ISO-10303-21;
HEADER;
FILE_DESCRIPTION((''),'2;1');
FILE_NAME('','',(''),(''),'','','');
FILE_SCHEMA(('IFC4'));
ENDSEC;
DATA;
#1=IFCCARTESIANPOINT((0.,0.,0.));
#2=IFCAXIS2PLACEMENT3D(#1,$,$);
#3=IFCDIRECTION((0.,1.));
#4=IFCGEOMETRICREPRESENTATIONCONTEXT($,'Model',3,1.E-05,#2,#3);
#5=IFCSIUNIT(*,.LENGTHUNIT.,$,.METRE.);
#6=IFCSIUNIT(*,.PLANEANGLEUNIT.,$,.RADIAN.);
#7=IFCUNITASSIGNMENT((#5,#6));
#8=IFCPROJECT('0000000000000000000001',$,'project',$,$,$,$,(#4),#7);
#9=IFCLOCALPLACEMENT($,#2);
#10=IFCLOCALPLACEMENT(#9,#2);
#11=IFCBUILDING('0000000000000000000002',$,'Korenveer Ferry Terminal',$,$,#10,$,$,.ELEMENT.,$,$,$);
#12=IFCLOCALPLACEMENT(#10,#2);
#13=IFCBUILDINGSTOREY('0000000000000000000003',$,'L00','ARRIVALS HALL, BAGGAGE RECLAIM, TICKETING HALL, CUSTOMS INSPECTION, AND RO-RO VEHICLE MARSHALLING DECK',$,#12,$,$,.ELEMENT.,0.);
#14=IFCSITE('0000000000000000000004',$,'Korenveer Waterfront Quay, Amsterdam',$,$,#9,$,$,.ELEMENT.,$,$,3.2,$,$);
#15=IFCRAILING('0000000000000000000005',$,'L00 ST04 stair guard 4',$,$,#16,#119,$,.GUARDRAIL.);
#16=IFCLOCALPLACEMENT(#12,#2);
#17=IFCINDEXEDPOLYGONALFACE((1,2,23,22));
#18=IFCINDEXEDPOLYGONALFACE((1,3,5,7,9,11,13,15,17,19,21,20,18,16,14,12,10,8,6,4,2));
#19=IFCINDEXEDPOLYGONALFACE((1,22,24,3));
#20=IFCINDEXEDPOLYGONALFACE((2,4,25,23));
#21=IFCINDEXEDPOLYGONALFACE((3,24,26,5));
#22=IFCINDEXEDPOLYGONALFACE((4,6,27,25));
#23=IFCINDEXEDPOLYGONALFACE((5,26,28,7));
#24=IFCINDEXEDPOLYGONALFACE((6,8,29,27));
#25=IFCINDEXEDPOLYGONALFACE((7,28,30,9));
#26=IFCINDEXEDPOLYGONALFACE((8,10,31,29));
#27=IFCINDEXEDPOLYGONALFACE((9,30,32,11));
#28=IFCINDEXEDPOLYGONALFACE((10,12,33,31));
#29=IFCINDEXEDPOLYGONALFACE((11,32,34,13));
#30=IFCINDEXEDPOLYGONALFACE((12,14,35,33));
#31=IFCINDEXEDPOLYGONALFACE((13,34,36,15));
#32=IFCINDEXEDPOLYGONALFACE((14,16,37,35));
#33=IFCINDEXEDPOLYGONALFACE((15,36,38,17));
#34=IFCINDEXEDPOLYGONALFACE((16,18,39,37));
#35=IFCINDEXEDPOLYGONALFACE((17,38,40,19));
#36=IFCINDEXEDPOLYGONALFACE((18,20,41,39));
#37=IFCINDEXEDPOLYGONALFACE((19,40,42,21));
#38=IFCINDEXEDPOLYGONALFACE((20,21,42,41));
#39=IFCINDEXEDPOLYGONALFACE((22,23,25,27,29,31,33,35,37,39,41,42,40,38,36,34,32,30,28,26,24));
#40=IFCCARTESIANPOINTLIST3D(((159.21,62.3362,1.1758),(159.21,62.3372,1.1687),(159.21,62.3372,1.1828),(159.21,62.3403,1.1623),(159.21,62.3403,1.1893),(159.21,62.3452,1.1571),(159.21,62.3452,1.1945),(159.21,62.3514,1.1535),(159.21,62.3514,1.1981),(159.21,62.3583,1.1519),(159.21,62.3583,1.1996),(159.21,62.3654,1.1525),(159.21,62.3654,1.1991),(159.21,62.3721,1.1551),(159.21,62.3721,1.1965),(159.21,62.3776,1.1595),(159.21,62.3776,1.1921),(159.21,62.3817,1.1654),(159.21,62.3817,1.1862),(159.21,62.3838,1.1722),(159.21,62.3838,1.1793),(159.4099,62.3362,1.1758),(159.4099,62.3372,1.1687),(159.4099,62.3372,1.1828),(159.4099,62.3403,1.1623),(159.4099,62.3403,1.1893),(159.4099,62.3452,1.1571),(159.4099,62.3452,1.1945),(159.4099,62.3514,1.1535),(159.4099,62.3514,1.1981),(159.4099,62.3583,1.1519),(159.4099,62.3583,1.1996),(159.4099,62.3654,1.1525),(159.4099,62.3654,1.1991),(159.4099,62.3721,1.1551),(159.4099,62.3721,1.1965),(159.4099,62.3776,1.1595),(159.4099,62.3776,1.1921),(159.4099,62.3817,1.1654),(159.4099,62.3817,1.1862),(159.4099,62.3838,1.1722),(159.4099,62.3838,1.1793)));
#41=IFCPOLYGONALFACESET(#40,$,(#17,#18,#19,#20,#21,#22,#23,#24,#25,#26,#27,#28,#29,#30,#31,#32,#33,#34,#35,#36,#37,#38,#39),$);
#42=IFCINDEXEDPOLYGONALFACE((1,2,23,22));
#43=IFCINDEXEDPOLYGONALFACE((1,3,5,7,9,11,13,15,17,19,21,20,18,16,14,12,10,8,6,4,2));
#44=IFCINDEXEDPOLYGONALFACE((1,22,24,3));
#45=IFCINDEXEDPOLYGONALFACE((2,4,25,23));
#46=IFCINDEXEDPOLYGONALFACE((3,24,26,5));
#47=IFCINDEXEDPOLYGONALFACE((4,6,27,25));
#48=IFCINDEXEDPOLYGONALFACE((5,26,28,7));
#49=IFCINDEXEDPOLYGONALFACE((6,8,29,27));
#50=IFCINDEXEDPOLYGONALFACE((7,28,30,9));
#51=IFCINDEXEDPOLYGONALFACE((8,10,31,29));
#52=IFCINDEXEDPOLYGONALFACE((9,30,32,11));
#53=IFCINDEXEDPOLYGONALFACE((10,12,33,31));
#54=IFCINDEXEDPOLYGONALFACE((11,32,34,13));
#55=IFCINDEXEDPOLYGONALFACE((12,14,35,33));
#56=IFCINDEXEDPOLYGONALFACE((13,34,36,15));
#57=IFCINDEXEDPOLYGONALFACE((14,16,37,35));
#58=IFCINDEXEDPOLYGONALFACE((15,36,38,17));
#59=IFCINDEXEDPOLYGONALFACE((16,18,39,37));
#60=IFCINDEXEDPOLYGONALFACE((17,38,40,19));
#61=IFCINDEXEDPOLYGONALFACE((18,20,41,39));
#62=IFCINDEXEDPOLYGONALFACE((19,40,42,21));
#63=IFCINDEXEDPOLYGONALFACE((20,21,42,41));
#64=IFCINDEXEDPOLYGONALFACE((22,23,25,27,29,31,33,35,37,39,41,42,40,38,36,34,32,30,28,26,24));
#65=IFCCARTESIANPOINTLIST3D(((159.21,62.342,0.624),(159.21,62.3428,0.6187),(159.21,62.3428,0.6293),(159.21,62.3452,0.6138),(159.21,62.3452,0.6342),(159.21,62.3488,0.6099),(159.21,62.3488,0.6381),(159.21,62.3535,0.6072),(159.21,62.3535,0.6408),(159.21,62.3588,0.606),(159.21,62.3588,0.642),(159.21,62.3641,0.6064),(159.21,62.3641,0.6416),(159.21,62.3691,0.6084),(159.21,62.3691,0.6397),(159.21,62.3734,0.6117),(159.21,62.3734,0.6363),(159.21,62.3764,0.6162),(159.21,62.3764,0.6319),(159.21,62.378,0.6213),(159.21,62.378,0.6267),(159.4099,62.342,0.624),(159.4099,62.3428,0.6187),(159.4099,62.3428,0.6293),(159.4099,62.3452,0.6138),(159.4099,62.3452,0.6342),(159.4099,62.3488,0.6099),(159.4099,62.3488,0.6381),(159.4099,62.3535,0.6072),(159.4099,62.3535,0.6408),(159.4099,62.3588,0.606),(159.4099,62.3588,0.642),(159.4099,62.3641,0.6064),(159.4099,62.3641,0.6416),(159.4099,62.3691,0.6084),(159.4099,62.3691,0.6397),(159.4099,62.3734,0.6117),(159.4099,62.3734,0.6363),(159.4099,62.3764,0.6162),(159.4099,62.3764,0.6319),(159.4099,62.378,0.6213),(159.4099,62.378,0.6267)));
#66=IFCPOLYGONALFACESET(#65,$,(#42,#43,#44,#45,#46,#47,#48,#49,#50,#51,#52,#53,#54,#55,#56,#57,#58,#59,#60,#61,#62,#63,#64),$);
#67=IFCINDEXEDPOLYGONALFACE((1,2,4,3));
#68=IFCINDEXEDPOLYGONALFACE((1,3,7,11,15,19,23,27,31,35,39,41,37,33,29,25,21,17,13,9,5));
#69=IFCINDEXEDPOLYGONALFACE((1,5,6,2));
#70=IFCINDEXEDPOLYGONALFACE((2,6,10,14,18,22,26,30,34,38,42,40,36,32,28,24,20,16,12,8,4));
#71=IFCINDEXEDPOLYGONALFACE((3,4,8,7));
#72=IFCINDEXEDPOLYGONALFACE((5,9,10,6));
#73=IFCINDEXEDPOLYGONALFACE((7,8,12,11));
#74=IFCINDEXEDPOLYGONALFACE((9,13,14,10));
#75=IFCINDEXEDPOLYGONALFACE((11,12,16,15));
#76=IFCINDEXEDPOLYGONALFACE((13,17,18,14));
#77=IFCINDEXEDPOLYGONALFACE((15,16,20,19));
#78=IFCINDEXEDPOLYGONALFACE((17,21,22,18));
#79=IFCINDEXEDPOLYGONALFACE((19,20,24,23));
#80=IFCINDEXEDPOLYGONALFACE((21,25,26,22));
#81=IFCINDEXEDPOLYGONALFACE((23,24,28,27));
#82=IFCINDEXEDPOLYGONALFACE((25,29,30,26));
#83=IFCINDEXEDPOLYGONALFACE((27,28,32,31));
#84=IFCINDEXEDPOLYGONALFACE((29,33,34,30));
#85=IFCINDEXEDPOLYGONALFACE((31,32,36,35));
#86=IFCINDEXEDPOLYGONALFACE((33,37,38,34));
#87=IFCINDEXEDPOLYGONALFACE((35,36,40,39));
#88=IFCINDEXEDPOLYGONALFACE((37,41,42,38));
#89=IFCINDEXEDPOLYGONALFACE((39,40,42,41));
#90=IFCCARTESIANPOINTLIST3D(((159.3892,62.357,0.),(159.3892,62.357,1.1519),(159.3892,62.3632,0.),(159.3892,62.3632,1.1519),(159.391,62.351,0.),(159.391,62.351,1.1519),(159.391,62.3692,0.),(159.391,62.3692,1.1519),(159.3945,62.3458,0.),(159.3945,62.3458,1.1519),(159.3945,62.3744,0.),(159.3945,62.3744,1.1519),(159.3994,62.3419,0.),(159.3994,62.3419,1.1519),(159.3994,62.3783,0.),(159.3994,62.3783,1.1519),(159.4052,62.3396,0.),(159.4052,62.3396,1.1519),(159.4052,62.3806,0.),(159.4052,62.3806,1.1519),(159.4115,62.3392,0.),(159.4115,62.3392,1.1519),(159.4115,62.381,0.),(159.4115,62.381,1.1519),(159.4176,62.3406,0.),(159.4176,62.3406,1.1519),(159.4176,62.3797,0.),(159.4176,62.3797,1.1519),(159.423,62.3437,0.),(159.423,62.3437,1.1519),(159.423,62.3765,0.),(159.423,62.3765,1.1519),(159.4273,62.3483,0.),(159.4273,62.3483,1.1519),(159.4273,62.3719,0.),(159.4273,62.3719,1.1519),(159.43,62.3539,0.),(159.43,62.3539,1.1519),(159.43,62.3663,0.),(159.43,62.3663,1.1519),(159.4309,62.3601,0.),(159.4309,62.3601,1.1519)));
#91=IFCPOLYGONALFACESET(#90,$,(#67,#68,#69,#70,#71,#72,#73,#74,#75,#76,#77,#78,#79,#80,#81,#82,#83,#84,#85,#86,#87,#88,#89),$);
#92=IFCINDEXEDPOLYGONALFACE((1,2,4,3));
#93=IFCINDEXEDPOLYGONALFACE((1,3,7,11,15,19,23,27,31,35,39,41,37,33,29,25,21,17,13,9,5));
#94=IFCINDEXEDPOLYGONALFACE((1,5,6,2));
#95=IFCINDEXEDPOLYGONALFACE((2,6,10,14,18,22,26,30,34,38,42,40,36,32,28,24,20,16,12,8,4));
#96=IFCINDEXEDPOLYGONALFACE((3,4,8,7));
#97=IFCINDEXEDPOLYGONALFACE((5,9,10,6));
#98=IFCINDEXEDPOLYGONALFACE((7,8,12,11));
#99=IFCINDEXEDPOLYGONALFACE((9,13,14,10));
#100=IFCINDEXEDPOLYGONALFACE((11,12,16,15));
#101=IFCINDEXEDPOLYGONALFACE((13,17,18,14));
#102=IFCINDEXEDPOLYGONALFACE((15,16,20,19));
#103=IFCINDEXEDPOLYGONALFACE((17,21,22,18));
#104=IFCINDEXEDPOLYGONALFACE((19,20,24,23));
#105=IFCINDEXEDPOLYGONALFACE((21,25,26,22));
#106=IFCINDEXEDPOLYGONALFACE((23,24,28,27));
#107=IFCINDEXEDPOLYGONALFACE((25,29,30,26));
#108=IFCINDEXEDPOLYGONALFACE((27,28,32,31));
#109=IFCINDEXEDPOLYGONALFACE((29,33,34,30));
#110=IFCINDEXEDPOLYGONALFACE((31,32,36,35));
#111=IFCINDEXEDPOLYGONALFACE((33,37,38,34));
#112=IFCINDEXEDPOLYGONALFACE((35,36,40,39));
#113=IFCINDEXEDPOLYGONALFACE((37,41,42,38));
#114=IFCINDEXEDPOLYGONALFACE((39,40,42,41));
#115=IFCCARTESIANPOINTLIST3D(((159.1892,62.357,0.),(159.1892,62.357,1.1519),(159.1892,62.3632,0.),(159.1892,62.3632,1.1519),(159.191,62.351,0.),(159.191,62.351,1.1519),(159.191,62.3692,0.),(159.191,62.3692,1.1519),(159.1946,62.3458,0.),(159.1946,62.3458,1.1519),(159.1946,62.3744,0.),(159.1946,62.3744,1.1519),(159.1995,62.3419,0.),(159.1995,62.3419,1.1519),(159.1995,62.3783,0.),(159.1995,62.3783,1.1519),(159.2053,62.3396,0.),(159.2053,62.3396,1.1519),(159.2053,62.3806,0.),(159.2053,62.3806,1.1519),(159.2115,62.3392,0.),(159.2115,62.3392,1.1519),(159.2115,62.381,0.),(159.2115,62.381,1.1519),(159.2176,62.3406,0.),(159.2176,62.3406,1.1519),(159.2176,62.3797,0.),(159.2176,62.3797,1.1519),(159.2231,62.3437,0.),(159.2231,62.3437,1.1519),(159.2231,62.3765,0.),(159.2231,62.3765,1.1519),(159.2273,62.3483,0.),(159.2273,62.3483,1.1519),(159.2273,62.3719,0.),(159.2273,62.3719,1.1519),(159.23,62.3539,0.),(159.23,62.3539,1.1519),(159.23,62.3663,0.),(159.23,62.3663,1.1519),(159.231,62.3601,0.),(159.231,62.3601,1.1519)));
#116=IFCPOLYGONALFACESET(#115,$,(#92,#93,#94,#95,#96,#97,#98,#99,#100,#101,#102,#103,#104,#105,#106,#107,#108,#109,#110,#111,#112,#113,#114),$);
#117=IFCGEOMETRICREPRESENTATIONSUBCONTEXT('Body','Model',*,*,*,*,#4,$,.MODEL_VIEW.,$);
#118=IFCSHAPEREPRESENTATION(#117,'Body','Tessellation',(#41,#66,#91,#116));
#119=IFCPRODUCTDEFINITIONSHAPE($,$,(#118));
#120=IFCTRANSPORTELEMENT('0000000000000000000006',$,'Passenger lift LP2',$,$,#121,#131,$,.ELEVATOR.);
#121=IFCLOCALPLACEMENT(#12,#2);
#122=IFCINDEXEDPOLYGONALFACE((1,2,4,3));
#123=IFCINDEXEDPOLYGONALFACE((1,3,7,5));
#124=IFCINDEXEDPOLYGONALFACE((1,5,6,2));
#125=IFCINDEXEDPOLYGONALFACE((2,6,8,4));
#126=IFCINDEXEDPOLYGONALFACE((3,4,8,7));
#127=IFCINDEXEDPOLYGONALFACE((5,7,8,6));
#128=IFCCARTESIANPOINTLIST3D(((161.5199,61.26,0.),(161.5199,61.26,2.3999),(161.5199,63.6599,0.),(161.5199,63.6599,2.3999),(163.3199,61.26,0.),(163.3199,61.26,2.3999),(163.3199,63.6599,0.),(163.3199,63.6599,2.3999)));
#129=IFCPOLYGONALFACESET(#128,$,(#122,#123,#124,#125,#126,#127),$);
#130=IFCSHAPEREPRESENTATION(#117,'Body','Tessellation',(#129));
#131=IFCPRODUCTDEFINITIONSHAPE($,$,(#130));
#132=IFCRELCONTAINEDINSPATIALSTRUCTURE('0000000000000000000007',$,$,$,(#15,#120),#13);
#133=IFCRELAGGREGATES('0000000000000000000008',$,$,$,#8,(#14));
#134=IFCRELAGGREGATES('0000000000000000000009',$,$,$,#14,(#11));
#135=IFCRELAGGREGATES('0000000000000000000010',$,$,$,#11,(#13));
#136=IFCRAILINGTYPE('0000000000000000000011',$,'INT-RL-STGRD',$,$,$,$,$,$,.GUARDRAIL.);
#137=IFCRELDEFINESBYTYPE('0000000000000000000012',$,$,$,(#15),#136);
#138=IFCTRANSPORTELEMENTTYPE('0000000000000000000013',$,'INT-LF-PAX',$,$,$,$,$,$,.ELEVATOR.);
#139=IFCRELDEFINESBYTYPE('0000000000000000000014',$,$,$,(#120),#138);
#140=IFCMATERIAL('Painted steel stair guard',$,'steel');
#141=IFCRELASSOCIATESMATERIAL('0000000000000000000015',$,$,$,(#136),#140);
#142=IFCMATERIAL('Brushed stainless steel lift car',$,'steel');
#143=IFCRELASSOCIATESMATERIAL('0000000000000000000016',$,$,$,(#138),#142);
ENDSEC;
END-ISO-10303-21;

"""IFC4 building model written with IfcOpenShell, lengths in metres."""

from ifc_helpers import new_model, si_unit, direction, frame, origin, origin_2d, place, context, subcontext, project, spatial, rectangle, circle, extrude, material, type_object, element, save


model = new_model("IFC4")

# Units and contexts
model_context = context("Model", 3, precision=1e-05, world=origin(), true_north=direction((0.0, 1.0)))
body_context = subcontext(model_context, "Body", "Model", "MODEL_VIEW")
ifc_project = project(units=[si_unit("LENGTHUNIT", "METRE"), si_unit("PLANEANGLEUNIT", "RADIAN")], contexts=[model_context])

# Site, building, storey
site_placement = place(None, origin())
site = spatial("IfcSite", under=ifc_project, at=site_placement, Name="Korenveer Waterfront Quay, Amsterdam", CompositionType="ELEMENT", RefElevation=3.2)
building_placement = place(site_placement, origin())
building = spatial("IfcBuilding", under=site, at=building_placement, Name="Korenveer Ferry Terminal", CompositionType="ELEMENT")
storey_placement = place(building_placement, origin())
storey = spatial("IfcBuildingStorey", under=building, at=storey_placement, Name="L00", Description="ARRIVALS HALL, BAGGAGE RECLAIM, TICKETING HALL, CUSTOMS INSPECTION, AND RO-RO VEHICLE MARSHALLING DECK", CompositionType="ELEMENT", Elevation=0.0)

# Railing
ifc_material_1 = material(Name="Painted steel stair guard", Category="steel")
railing_type_1 = type_object("IfcRailingType", Name="INT-RL-STGRD", PredefinedType="GUARDRAIL", material=ifc_material_1)
railing_1_placement = place(storey_placement, frame((159.4099, 62.3601, 0.0)))
element("IfcRailing", 1, at=railing_1_placement, inside=storey, type_object=railing_type_1, Name="L00 ST04 stair guard 4", PredefinedType="GUARDRAIL", context=body_context, shape_type="SweptSolid", body=[
    extrude(circle(Radius=0.0239, at=origin_2d()), frame((0.0, 0.0, 1.1758), z_axis=(-1.0, 0.0, 0.0), x_axis=(0.0, -1.0, 0.0)), (0.0, 0.0, 1.0), 0.2),
    extrude(circle(Radius=0.0181, at=origin_2d()), frame((0.0, 0.0, 0.624), z_axis=(-1.0, 0.0, 0.0), x_axis=(0.0, -1.0, 0.0)), (0.0, 0.0, 1.0), 0.2),
    extrude(circle(Radius=0.021, at=origin_2d()), origin(), (0.0, 0.0, 1.0), 1.1519),
    extrude(circle(Radius=0.021, at=origin_2d()), frame((-0.2, 0.0, 0.0)), (0.0, 0.0, 1.0), 1.1519),
])

# Transport element
ifc_material_2 = material(Name="Brushed stainless steel lift car", Category="steel")
transport_element_type = type_object("IfcTransportElementType", Name="INT-LF-PAX", PredefinedType="ELEVATOR", material=ifc_material_2)
transport_element_placement = place(storey_placement, frame((162.4199, 62.46, 0.0), z_axis=(0.0, 0.0, 1.0), x_axis=(1.0, 0.0, 0.0)))
element("IfcTransportElement", 2, at=transport_element_placement, inside=storey, type_object=transport_element_type, Name="Passenger lift LP2", PredefinedType="ELEVATOR", context=body_context, shape_type="SweptSolid", body=[
    extrude(rectangle(XDim=1.8, YDim=2.3999, at=origin_2d()), origin(), (0.0, 0.0, 1.0), 2.3999),
])

save(model, "model.ifc")
